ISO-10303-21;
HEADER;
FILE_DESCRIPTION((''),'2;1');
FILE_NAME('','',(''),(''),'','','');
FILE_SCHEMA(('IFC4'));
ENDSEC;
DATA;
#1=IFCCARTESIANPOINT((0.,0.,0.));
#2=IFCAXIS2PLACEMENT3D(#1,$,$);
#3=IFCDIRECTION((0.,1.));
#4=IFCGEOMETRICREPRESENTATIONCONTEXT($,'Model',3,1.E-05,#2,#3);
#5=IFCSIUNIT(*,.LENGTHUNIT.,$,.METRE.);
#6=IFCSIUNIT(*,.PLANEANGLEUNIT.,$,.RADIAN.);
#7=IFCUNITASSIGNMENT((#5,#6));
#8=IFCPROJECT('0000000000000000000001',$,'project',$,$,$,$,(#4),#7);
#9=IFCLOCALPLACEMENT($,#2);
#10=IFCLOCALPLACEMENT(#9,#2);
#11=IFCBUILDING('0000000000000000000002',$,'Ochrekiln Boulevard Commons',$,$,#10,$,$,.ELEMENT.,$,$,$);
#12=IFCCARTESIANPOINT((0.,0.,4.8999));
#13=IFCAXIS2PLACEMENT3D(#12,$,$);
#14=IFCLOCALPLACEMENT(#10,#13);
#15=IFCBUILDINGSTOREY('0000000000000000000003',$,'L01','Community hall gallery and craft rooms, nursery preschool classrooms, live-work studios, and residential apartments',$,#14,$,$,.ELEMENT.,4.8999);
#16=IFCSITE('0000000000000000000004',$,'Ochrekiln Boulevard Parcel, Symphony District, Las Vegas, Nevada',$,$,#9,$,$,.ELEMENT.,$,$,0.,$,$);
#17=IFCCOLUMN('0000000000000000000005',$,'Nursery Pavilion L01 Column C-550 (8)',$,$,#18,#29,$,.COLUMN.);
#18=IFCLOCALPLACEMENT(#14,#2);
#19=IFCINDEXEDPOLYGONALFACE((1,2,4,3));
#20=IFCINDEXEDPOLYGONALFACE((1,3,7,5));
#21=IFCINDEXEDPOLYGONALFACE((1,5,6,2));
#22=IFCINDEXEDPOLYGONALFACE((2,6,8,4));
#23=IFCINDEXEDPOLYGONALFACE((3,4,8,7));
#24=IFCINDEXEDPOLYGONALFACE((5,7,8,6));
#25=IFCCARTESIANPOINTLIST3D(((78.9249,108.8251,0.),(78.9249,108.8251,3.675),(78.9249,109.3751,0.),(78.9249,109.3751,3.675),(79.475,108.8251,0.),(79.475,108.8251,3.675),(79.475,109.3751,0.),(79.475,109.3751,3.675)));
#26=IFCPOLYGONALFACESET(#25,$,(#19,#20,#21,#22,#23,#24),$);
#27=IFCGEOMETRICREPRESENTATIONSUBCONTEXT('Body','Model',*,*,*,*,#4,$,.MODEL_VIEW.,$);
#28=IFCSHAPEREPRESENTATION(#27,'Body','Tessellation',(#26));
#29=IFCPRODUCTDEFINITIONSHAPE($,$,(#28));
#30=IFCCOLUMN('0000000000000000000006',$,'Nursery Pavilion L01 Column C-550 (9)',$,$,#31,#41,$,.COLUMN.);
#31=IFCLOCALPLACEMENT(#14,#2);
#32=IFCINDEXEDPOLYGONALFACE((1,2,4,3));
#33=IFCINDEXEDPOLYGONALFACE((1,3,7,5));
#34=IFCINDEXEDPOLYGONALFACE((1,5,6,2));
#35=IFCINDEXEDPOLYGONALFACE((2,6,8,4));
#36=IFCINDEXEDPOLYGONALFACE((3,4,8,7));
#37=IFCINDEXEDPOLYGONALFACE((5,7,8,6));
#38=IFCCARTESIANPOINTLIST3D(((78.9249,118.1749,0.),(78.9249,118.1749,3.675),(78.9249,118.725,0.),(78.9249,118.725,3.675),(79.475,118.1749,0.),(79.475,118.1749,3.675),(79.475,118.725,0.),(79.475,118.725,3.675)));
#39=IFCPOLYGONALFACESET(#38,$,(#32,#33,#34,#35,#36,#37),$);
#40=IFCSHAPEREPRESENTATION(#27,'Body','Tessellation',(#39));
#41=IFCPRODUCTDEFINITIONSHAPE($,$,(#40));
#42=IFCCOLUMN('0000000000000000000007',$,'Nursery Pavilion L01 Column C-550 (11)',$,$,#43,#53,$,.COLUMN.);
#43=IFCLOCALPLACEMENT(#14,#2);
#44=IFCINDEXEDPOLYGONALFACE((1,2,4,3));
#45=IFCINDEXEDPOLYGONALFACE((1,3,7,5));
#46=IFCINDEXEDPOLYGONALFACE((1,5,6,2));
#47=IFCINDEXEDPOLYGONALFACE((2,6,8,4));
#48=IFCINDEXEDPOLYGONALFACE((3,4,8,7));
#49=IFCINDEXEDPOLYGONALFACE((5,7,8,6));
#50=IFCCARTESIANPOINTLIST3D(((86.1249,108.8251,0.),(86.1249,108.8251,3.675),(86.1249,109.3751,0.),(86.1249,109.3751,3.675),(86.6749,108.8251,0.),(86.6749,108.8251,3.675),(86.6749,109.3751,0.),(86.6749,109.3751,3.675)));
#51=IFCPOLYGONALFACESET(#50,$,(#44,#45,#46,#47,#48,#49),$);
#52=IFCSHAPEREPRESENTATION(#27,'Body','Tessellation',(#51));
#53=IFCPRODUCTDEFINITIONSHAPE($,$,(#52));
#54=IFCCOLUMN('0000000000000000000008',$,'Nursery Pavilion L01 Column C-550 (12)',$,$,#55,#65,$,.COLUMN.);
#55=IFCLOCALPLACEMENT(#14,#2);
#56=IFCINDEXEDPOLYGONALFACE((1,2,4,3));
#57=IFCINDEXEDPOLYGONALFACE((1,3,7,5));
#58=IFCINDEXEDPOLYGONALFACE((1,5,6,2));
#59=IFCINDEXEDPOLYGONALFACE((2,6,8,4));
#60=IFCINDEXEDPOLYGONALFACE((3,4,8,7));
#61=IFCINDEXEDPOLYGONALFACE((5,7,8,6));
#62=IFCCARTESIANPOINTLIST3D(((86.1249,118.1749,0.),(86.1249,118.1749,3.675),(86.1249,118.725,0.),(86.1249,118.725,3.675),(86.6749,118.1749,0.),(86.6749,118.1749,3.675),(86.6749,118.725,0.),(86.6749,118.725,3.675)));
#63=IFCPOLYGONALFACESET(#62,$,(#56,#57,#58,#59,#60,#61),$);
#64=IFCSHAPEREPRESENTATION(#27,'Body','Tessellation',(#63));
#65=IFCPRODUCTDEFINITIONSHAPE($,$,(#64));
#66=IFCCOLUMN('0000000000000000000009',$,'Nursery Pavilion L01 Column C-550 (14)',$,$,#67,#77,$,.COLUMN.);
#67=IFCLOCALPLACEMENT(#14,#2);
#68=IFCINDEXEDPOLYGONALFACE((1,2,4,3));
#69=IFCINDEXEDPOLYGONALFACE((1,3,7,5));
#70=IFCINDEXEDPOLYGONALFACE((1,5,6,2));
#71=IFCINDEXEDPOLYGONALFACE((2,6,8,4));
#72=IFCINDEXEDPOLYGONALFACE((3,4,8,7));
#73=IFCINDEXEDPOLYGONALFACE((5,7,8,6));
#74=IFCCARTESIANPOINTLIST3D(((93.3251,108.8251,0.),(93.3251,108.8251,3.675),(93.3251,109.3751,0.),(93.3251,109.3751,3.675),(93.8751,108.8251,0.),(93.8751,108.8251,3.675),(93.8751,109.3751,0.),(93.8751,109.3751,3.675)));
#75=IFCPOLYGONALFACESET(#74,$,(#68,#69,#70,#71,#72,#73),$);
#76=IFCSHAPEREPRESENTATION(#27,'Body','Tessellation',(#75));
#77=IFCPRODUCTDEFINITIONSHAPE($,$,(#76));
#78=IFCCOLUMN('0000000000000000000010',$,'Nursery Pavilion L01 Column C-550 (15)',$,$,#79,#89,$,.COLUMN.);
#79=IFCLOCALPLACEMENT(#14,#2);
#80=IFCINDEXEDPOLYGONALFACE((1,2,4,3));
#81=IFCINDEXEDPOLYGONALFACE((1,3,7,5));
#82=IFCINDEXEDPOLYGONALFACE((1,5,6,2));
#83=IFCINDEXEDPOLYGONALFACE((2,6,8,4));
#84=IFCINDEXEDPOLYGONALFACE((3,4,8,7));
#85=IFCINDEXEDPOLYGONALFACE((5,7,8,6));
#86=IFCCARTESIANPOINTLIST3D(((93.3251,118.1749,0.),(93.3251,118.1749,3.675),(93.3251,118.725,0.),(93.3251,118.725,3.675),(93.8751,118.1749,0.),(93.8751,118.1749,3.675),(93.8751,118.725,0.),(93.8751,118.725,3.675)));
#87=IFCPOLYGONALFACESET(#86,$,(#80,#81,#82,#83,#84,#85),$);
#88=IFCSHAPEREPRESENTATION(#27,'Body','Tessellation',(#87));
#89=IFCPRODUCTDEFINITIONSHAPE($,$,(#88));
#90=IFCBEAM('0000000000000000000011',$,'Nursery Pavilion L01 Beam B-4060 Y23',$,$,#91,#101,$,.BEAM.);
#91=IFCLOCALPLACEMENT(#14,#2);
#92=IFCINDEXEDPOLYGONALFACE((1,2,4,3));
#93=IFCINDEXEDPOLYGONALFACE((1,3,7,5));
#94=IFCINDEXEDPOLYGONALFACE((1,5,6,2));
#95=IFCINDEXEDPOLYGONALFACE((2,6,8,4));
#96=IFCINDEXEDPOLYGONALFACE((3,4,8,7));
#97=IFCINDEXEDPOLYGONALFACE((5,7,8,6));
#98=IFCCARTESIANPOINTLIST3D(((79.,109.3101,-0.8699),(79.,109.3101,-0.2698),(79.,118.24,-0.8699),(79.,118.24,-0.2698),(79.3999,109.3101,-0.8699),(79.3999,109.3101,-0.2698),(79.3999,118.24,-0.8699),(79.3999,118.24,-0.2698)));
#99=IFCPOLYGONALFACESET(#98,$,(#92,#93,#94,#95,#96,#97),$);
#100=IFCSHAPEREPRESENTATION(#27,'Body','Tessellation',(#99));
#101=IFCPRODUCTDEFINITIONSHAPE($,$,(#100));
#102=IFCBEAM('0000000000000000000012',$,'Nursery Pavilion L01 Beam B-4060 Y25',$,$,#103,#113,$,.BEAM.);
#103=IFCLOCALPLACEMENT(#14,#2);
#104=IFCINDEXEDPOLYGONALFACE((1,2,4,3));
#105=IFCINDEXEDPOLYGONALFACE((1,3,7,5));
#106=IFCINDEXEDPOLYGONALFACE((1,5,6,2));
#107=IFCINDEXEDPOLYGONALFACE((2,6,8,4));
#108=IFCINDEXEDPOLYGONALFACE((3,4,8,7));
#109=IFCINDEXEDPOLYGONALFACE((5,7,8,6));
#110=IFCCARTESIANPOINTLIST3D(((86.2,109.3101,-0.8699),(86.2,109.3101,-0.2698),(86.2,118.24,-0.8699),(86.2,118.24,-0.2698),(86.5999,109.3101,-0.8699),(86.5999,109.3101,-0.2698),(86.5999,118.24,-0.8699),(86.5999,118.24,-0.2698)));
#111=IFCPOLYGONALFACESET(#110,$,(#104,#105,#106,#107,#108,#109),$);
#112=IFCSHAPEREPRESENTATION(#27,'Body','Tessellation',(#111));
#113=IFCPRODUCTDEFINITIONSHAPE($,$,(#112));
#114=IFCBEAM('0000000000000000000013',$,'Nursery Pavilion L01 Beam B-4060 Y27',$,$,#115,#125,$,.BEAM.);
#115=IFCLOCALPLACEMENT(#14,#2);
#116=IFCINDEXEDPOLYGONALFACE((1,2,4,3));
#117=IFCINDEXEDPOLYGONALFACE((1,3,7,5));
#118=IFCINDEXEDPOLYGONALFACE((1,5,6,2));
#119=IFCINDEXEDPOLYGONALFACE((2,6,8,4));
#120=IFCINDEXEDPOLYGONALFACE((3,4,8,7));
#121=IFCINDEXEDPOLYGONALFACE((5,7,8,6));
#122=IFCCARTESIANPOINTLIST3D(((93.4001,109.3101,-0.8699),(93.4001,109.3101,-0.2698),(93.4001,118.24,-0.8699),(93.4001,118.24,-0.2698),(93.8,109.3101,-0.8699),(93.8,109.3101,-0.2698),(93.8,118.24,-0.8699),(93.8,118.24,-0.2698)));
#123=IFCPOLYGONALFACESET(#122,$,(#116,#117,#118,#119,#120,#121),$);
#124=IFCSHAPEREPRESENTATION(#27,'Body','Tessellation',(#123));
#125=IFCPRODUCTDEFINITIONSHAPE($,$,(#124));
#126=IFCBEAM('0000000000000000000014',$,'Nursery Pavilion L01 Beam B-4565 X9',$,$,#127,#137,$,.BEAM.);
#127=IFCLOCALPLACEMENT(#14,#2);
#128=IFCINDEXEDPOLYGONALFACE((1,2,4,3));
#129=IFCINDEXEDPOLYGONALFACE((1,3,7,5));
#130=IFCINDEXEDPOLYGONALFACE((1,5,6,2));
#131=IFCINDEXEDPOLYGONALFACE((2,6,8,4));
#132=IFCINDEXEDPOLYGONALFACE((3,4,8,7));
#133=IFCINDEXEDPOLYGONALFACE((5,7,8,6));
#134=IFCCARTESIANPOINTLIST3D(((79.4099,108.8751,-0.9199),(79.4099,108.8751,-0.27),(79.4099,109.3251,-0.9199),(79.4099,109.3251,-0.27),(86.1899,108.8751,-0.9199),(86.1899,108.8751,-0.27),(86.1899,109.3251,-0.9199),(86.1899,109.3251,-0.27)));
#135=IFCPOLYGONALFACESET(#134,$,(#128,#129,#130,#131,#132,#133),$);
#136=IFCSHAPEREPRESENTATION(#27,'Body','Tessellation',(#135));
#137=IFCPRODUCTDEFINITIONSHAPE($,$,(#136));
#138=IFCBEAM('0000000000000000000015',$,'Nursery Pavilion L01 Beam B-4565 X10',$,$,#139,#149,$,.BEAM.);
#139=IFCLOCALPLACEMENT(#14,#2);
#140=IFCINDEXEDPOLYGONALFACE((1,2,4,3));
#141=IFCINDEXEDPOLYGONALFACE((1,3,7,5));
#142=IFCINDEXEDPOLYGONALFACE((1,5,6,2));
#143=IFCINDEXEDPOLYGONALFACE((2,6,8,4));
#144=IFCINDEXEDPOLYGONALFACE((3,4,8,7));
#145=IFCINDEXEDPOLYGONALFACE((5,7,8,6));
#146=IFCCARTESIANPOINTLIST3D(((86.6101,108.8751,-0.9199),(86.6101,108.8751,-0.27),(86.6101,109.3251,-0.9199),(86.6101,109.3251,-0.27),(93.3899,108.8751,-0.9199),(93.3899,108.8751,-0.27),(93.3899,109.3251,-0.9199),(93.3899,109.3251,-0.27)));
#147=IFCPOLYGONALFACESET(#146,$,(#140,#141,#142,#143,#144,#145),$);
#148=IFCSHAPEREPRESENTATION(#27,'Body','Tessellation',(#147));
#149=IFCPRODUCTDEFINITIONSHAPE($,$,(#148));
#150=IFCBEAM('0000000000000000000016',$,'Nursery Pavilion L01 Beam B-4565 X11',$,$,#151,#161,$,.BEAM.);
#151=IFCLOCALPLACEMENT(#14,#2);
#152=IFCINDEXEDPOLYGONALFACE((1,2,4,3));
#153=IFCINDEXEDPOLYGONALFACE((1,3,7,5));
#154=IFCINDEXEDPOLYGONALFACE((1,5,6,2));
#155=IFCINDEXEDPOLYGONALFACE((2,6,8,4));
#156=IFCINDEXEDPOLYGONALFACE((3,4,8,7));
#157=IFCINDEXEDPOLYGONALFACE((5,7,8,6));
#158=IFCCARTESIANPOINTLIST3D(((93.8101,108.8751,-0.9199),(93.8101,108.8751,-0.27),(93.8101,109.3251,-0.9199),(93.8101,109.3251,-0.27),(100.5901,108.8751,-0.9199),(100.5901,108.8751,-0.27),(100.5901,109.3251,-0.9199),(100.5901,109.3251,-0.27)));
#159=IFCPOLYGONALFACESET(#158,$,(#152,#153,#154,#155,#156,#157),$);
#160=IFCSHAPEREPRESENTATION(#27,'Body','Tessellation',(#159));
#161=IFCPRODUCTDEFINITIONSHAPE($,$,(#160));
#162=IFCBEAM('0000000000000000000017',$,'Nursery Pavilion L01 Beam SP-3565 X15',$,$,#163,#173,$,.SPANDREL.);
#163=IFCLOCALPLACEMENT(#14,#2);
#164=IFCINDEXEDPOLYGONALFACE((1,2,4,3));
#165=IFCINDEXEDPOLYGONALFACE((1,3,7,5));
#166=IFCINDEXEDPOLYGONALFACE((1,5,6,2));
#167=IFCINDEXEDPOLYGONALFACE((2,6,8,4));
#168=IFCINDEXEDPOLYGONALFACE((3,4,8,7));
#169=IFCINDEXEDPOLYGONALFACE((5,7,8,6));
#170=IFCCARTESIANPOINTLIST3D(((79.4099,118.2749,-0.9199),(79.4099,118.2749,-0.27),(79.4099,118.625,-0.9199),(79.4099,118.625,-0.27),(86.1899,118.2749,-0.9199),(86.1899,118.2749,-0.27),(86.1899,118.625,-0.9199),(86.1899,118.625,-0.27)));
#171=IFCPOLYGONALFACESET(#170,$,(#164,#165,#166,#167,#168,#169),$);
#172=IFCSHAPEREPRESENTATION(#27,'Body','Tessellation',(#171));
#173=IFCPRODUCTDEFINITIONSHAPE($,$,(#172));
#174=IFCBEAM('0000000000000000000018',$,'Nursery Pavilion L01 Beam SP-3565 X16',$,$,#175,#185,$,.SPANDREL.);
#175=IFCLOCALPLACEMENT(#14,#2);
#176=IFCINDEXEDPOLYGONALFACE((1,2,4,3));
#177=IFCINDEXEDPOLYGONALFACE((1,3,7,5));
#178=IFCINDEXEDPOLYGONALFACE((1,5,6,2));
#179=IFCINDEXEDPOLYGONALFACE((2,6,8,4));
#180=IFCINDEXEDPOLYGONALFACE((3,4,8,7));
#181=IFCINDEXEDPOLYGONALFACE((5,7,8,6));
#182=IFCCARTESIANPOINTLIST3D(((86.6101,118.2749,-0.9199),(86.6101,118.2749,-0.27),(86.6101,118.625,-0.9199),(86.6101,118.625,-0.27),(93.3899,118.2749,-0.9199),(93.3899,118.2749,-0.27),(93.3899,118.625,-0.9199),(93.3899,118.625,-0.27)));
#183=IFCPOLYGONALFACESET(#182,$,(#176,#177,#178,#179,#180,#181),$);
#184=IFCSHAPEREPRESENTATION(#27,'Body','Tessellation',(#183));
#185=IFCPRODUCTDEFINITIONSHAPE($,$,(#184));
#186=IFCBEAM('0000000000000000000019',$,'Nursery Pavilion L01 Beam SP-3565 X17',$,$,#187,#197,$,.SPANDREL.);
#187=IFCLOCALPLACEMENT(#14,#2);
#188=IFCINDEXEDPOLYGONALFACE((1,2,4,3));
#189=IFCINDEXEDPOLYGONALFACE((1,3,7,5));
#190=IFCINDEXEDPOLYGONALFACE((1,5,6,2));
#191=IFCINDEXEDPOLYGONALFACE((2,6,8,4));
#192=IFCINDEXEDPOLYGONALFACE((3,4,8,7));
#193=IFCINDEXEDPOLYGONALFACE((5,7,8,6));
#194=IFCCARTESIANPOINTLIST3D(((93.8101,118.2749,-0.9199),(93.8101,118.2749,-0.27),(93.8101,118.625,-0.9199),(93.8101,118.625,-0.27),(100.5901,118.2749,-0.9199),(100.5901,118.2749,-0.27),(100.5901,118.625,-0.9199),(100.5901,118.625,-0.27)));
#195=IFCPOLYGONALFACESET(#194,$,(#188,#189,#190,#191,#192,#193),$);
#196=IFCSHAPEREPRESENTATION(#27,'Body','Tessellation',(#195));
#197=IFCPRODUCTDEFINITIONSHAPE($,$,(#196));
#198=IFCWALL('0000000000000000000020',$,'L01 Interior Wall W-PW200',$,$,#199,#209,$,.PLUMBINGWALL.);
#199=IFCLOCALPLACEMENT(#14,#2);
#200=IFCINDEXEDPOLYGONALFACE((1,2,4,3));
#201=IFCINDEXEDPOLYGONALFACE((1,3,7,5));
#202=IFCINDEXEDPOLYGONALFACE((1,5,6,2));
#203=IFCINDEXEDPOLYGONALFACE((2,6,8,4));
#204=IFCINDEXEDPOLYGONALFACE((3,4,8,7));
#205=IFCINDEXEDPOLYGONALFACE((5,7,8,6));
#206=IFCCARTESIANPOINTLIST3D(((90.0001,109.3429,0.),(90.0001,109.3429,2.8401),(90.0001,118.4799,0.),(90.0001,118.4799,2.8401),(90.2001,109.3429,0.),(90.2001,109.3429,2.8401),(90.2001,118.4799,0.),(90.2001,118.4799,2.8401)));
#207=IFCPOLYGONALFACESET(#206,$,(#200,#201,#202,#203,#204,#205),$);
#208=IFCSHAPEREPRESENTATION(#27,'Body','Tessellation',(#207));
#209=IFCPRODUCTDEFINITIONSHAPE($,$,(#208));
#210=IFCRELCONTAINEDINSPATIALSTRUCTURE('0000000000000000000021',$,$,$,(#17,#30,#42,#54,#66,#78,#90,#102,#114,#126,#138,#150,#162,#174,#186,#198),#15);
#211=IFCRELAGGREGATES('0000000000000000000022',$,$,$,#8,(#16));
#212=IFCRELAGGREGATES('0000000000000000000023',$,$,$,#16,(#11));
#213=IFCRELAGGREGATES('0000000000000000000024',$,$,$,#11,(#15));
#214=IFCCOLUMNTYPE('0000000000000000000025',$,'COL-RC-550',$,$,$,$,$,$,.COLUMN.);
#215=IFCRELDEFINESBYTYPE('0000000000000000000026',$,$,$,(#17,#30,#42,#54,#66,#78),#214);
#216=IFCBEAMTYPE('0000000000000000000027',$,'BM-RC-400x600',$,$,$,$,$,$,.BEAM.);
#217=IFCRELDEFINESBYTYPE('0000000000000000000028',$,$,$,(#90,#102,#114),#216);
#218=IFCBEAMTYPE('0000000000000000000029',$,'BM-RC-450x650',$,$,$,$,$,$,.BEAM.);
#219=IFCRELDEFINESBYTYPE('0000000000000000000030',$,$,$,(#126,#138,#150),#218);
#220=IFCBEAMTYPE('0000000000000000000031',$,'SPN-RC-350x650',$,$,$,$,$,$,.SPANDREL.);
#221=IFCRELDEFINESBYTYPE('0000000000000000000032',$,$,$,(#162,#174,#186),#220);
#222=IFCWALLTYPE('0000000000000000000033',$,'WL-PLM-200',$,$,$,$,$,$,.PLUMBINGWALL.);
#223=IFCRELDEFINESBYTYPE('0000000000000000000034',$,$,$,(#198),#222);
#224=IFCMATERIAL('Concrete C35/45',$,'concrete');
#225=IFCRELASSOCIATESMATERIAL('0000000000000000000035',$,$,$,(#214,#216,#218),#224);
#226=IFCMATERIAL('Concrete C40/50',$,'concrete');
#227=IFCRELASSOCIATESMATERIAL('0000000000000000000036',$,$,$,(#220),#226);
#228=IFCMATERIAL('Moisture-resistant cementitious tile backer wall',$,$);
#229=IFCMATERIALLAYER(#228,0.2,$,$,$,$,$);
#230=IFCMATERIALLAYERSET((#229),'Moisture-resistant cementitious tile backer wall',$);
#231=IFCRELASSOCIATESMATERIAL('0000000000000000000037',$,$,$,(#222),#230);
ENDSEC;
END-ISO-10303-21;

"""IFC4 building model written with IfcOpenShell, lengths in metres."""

from ifc_helpers import new_model, si_unit, direction, frame, frame_2d, origin, origin_2d, place, context, subcontext, project, spatial, rectangle, extrude, material, layer, layer_set, material_profile, profile_set, type_object, element, save


model = new_model("IFC4")

# Units and contexts
model_context = context("Model", 3, precision=1e-05, world=origin(), true_north=direction((0.0, 1.0)))
body_context = subcontext(model_context, "Body", "Model", "MODEL_VIEW")
ifc_project = project(units=[si_unit("LENGTHUNIT", "METRE"), si_unit("PLANEANGLEUNIT", "RADIAN")], contexts=[model_context])

# Site, building, storey
site_placement = place(None, origin())
site = spatial("IfcSite", under=ifc_project, at=site_placement, Name="Ochrekiln Boulevard Parcel, Symphony District, Las Vegas, Nevada", CompositionType="ELEMENT", RefElevation=0.0)
building_placement = place(site_placement, origin())
building = spatial("IfcBuilding", under=site, at=building_placement, Name="Ochrekiln Boulevard Commons", CompositionType="ELEMENT")
storey_placement = place(building_placement, frame((0.0, 0.0, 4.8999)))
storey = spatial("IfcBuildingStorey", under=building, at=storey_placement, Name="L01", Description="Community hall gallery and craft rooms, nursery preschool classrooms, live-work studios, and residential apartments", CompositionType="ELEMENT", Elevation=4.8999)

# Columns
ifc_material_1 = material(Name="Concrete C35/45", Category="concrete")
ifc_material_profile_1 = material_profile(ifc_material_1, rectangle(XDim=0.55, YDim=0.55, at=origin_2d()), Name="RC-COL-550x550")
ifc_profile_set_1 = profile_set([ifc_material_profile_1], Name="Concrete C35/45")
column_type = type_object("IfcColumnType", Name="COL-RC-550", PredefinedType="COLUMN", material=ifc_profile_set_1)
for number, where, z_axis, x_axis, name in (
    (1, (79.2, 109.1001, 0.0), (0.0, 0.0, 1.0), (1.0, 0.0, 0.0), "Nursery Pavilion L01 Column C-550 (8)"),
    (2, (79.2, 118.45, 0.0), (0.0, 0.0, 1.0), (1.0, 0.0, 0.0), "Nursery Pavilion L01 Column C-550 (9)"),
    (3, (86.3999, 109.1001, 0.0), (0.0, 0.0, 1.0), (1.0, 0.0, 0.0), "Nursery Pavilion L01 Column C-550 (11)"),
    (4, (86.3999, 118.45, 0.0), (0.0, 0.0, 1.0), (1.0, 0.0, 0.0), "Nursery Pavilion L01 Column C-550 (12)"),
    (5, (93.6001, 109.1001, 0.0), (0.0, 0.0, 1.0), (1.0, 0.0, 0.0), "Nursery Pavilion L01 Column C-550 (14)"),
    (6, (93.6001, 118.45, 0.0), (0.0, 0.0, 1.0), (1.0, 0.0, 0.0), "Nursery Pavilion L01 Column C-550 (15)"),
):
    element("IfcColumn", number, at=place(storey_placement, frame(where, z_axis=z_axis, x_axis=x_axis)), inside=storey, type_object=column_type, Name=name, PredefinedType="COLUMN", context=body_context, shape_type="SweptSolid", body=[
        extrude(rectangle(XDim=0.55, YDim=0.55, at=origin_2d()), origin(), (0.0, 0.0, 1.0), 3.675),
    ])

# Beams
ifc_material_profile_2 = material_profile(ifc_material_1, rectangle(XDim=0.3999, YDim=0.6001, at=origin_2d()), Name="RC-BM-400x600")
ifc_profile_set_2 = profile_set([ifc_material_profile_2], Name="Concrete C35/45")
beam_type_1 = type_object("IfcBeamType", Name="BM-RC-400x600", PredefinedType="BEAM", material=ifc_profile_set_2)
for number, where, z_axis, x_axis, name in (
    (7, (79.2, 109.3101, -0.5698), (0.0, 1.0, 0.0), (-1.0, 0.0, 0.0), "Nursery Pavilion L01 Beam B-4060 Y23"),
    (8, (86.3999, 109.3101, -0.5698), (0.0, 1.0, 0.0), (-1.0, 0.0, 0.0), "Nursery Pavilion L01 Beam B-4060 Y25"),
    (9, (93.6001, 109.3101, -0.5698), (0.0, 1.0, 0.0), (-1.0, 0.0, 0.0), "Nursery Pavilion L01 Beam B-4060 Y27"),
):
    element("IfcBeam", number, at=place(storey_placement, frame(where, z_axis=z_axis, x_axis=x_axis)), inside=storey, type_object=beam_type_1, Name=name, PredefinedType="BEAM", context=body_context, shape_type="SweptSolid", body=[
        extrude(rectangle(XDim=0.3999, YDim=0.6001, at=origin_2d()), origin(), (0.0, 0.0, 1.0), 8.9299),
    ])
ifc_material_profile_3 = material_profile(ifc_material_1, rectangle(XDim=0.45, YDim=0.6499, at=origin_2d()), Name="RC-BM-450x650")
ifc_profile_set_3 = profile_set([ifc_material_profile_3], Name="Concrete C35/45")
beam_type_2 = type_object("IfcBeamType", Name="BM-RC-450x650", PredefinedType="BEAM", material=ifc_profile_set_3)
beam_1_placement = place(storey_placement, frame((79.4099, 109.1001, -0.595), z_axis=(1.0, 0.0, 0.0), x_axis=(0.0, 1.0, 0.0)))
element("IfcBeam", 10, at=beam_1_placement, inside=storey, type_object=beam_type_2, Name="Nursery Pavilion L01 Beam B-4565 X9", PredefinedType="BEAM", context=body_context, shape_type="SweptSolid", body=[
    extrude(rectangle(XDim=0.45, YDim=0.6499, at=origin_2d()), origin(), (0.0, 0.0, 1.0), 6.78),
])
beam_2_placement = place(storey_placement, frame((86.6101, 109.1001, -0.595), z_axis=(1.0, 0.0, 0.0), x_axis=(0.0, 1.0, 0.0)))
element("IfcBeam", 11, at=beam_2_placement, inside=storey, type_object=beam_type_2, Name="Nursery Pavilion L01 Beam B-4565 X10", PredefinedType="BEAM", context=body_context, shape_type="SweptSolid", body=[
    extrude(rectangle(XDim=0.45, YDim=0.6499, at=origin_2d()), origin(), (0.0, 0.0, 1.0), 6.7798),
])
beam_3_placement = place(storey_placement, frame((93.8101, 109.1001, -0.595), z_axis=(1.0, 0.0, 0.0), x_axis=(0.0, 1.0, 0.0)))
element("IfcBeam", 12, at=beam_3_placement, inside=storey, type_object=beam_type_2, Name="Nursery Pavilion L01 Beam B-4565 X11", PredefinedType="BEAM", context=body_context, shape_type="SweptSolid", body=[
    extrude(rectangle(XDim=0.45, YDim=0.6499, at=origin_2d()), origin(), (0.0, 0.0, 1.0), 6.78),
])
ifc_material_2 = material(Name="Concrete C40/50", Category="concrete")
ifc_material_profile_4 = material_profile(ifc_material_2, rectangle(XDim=0.3501, YDim=0.6499, at=origin_2d()), Name="RC-SPN-350x650")
ifc_profile_set_4 = profile_set([ifc_material_profile_4], Name="Concrete C40/50")
beam_type_3 = type_object("IfcBeamType", Name="SPN-RC-350x650", PredefinedType="SPANDREL", material=ifc_profile_set_4)
beam_4_placement = place(storey_placement, frame((79.4099, 118.45, -0.595), z_axis=(1.0, 0.0, 0.0), x_axis=(0.0, 1.0, 0.0)))
element("IfcBeam", 13, at=beam_4_placement, inside=storey, type_object=beam_type_3, Name="Nursery Pavilion L01 Beam SP-3565 X15", PredefinedType="SPANDREL", context=body_context, shape_type="SweptSolid", body=[
    extrude(rectangle(XDim=0.3501, YDim=0.6499, at=origin_2d()), origin(), (0.0, 0.0, 1.0), 6.78),
])
beam_5_placement = place(storey_placement, frame((86.6101, 118.45, -0.595), z_axis=(1.0, 0.0, 0.0), x_axis=(0.0, 1.0, 0.0)))
element("IfcBeam", 14, at=beam_5_placement, inside=storey, type_object=beam_type_3, Name="Nursery Pavilion L01 Beam SP-3565 X16", PredefinedType="SPANDREL", context=body_context, shape_type="SweptSolid", body=[
    extrude(rectangle(XDim=0.3501, YDim=0.6499, at=origin_2d()), origin(), (0.0, 0.0, 1.0), 6.7798),
])
beam_6_placement = place(storey_placement, frame((93.8101, 118.45, -0.595), z_axis=(1.0, 0.0, 0.0), x_axis=(0.0, 1.0, 0.0)))
element("IfcBeam", 15, at=beam_6_placement, inside=storey, type_object=beam_type_3, Name="Nursery Pavilion L01 Beam SP-3565 X17", PredefinedType="SPANDREL", context=body_context, shape_type="SweptSolid", body=[
    extrude(rectangle(XDim=0.3501, YDim=0.6499, at=origin_2d()), origin(), (0.0, 0.0, 1.0), 6.78),
])

# Wall
ifc_material_3 = material(Name="Moisture-resistant cementitious tile backer wall")
ifc_layer_1 = layer(ifc_material_3, 0.2)
ifc_layer_set_1 = layer_set([ifc_layer_1], Name="Moisture-resistant cementitious tile backer wall")
wall_type_1 = type_object("IfcWallType", Name="WL-PLM-200", PredefinedType="PLUMBINGWALL", material=ifc_layer_set_1)
wall_1_placement = place(storey_placement, frame((90.1001, 109.343, 0.0), z_axis=(0.0, 0.0, 1.0), x_axis=(0.0, 1.0, 0.0)))
element("IfcWall", 16, at=wall_1_placement, inside=storey, type_object=wall_type_1, Name="L01 Interior Wall W-PW200", PredefinedType="PLUMBINGWALL", context=body_context, shape_type="SweptSolid", body=[
    extrude(rectangle(XDim=9.137, YDim=0.2, at=frame_2d((4.5684, 0.0))), origin(), (0.0, 0.0, 1.0), 2.8401),
])

save(model, "model.ifc")
